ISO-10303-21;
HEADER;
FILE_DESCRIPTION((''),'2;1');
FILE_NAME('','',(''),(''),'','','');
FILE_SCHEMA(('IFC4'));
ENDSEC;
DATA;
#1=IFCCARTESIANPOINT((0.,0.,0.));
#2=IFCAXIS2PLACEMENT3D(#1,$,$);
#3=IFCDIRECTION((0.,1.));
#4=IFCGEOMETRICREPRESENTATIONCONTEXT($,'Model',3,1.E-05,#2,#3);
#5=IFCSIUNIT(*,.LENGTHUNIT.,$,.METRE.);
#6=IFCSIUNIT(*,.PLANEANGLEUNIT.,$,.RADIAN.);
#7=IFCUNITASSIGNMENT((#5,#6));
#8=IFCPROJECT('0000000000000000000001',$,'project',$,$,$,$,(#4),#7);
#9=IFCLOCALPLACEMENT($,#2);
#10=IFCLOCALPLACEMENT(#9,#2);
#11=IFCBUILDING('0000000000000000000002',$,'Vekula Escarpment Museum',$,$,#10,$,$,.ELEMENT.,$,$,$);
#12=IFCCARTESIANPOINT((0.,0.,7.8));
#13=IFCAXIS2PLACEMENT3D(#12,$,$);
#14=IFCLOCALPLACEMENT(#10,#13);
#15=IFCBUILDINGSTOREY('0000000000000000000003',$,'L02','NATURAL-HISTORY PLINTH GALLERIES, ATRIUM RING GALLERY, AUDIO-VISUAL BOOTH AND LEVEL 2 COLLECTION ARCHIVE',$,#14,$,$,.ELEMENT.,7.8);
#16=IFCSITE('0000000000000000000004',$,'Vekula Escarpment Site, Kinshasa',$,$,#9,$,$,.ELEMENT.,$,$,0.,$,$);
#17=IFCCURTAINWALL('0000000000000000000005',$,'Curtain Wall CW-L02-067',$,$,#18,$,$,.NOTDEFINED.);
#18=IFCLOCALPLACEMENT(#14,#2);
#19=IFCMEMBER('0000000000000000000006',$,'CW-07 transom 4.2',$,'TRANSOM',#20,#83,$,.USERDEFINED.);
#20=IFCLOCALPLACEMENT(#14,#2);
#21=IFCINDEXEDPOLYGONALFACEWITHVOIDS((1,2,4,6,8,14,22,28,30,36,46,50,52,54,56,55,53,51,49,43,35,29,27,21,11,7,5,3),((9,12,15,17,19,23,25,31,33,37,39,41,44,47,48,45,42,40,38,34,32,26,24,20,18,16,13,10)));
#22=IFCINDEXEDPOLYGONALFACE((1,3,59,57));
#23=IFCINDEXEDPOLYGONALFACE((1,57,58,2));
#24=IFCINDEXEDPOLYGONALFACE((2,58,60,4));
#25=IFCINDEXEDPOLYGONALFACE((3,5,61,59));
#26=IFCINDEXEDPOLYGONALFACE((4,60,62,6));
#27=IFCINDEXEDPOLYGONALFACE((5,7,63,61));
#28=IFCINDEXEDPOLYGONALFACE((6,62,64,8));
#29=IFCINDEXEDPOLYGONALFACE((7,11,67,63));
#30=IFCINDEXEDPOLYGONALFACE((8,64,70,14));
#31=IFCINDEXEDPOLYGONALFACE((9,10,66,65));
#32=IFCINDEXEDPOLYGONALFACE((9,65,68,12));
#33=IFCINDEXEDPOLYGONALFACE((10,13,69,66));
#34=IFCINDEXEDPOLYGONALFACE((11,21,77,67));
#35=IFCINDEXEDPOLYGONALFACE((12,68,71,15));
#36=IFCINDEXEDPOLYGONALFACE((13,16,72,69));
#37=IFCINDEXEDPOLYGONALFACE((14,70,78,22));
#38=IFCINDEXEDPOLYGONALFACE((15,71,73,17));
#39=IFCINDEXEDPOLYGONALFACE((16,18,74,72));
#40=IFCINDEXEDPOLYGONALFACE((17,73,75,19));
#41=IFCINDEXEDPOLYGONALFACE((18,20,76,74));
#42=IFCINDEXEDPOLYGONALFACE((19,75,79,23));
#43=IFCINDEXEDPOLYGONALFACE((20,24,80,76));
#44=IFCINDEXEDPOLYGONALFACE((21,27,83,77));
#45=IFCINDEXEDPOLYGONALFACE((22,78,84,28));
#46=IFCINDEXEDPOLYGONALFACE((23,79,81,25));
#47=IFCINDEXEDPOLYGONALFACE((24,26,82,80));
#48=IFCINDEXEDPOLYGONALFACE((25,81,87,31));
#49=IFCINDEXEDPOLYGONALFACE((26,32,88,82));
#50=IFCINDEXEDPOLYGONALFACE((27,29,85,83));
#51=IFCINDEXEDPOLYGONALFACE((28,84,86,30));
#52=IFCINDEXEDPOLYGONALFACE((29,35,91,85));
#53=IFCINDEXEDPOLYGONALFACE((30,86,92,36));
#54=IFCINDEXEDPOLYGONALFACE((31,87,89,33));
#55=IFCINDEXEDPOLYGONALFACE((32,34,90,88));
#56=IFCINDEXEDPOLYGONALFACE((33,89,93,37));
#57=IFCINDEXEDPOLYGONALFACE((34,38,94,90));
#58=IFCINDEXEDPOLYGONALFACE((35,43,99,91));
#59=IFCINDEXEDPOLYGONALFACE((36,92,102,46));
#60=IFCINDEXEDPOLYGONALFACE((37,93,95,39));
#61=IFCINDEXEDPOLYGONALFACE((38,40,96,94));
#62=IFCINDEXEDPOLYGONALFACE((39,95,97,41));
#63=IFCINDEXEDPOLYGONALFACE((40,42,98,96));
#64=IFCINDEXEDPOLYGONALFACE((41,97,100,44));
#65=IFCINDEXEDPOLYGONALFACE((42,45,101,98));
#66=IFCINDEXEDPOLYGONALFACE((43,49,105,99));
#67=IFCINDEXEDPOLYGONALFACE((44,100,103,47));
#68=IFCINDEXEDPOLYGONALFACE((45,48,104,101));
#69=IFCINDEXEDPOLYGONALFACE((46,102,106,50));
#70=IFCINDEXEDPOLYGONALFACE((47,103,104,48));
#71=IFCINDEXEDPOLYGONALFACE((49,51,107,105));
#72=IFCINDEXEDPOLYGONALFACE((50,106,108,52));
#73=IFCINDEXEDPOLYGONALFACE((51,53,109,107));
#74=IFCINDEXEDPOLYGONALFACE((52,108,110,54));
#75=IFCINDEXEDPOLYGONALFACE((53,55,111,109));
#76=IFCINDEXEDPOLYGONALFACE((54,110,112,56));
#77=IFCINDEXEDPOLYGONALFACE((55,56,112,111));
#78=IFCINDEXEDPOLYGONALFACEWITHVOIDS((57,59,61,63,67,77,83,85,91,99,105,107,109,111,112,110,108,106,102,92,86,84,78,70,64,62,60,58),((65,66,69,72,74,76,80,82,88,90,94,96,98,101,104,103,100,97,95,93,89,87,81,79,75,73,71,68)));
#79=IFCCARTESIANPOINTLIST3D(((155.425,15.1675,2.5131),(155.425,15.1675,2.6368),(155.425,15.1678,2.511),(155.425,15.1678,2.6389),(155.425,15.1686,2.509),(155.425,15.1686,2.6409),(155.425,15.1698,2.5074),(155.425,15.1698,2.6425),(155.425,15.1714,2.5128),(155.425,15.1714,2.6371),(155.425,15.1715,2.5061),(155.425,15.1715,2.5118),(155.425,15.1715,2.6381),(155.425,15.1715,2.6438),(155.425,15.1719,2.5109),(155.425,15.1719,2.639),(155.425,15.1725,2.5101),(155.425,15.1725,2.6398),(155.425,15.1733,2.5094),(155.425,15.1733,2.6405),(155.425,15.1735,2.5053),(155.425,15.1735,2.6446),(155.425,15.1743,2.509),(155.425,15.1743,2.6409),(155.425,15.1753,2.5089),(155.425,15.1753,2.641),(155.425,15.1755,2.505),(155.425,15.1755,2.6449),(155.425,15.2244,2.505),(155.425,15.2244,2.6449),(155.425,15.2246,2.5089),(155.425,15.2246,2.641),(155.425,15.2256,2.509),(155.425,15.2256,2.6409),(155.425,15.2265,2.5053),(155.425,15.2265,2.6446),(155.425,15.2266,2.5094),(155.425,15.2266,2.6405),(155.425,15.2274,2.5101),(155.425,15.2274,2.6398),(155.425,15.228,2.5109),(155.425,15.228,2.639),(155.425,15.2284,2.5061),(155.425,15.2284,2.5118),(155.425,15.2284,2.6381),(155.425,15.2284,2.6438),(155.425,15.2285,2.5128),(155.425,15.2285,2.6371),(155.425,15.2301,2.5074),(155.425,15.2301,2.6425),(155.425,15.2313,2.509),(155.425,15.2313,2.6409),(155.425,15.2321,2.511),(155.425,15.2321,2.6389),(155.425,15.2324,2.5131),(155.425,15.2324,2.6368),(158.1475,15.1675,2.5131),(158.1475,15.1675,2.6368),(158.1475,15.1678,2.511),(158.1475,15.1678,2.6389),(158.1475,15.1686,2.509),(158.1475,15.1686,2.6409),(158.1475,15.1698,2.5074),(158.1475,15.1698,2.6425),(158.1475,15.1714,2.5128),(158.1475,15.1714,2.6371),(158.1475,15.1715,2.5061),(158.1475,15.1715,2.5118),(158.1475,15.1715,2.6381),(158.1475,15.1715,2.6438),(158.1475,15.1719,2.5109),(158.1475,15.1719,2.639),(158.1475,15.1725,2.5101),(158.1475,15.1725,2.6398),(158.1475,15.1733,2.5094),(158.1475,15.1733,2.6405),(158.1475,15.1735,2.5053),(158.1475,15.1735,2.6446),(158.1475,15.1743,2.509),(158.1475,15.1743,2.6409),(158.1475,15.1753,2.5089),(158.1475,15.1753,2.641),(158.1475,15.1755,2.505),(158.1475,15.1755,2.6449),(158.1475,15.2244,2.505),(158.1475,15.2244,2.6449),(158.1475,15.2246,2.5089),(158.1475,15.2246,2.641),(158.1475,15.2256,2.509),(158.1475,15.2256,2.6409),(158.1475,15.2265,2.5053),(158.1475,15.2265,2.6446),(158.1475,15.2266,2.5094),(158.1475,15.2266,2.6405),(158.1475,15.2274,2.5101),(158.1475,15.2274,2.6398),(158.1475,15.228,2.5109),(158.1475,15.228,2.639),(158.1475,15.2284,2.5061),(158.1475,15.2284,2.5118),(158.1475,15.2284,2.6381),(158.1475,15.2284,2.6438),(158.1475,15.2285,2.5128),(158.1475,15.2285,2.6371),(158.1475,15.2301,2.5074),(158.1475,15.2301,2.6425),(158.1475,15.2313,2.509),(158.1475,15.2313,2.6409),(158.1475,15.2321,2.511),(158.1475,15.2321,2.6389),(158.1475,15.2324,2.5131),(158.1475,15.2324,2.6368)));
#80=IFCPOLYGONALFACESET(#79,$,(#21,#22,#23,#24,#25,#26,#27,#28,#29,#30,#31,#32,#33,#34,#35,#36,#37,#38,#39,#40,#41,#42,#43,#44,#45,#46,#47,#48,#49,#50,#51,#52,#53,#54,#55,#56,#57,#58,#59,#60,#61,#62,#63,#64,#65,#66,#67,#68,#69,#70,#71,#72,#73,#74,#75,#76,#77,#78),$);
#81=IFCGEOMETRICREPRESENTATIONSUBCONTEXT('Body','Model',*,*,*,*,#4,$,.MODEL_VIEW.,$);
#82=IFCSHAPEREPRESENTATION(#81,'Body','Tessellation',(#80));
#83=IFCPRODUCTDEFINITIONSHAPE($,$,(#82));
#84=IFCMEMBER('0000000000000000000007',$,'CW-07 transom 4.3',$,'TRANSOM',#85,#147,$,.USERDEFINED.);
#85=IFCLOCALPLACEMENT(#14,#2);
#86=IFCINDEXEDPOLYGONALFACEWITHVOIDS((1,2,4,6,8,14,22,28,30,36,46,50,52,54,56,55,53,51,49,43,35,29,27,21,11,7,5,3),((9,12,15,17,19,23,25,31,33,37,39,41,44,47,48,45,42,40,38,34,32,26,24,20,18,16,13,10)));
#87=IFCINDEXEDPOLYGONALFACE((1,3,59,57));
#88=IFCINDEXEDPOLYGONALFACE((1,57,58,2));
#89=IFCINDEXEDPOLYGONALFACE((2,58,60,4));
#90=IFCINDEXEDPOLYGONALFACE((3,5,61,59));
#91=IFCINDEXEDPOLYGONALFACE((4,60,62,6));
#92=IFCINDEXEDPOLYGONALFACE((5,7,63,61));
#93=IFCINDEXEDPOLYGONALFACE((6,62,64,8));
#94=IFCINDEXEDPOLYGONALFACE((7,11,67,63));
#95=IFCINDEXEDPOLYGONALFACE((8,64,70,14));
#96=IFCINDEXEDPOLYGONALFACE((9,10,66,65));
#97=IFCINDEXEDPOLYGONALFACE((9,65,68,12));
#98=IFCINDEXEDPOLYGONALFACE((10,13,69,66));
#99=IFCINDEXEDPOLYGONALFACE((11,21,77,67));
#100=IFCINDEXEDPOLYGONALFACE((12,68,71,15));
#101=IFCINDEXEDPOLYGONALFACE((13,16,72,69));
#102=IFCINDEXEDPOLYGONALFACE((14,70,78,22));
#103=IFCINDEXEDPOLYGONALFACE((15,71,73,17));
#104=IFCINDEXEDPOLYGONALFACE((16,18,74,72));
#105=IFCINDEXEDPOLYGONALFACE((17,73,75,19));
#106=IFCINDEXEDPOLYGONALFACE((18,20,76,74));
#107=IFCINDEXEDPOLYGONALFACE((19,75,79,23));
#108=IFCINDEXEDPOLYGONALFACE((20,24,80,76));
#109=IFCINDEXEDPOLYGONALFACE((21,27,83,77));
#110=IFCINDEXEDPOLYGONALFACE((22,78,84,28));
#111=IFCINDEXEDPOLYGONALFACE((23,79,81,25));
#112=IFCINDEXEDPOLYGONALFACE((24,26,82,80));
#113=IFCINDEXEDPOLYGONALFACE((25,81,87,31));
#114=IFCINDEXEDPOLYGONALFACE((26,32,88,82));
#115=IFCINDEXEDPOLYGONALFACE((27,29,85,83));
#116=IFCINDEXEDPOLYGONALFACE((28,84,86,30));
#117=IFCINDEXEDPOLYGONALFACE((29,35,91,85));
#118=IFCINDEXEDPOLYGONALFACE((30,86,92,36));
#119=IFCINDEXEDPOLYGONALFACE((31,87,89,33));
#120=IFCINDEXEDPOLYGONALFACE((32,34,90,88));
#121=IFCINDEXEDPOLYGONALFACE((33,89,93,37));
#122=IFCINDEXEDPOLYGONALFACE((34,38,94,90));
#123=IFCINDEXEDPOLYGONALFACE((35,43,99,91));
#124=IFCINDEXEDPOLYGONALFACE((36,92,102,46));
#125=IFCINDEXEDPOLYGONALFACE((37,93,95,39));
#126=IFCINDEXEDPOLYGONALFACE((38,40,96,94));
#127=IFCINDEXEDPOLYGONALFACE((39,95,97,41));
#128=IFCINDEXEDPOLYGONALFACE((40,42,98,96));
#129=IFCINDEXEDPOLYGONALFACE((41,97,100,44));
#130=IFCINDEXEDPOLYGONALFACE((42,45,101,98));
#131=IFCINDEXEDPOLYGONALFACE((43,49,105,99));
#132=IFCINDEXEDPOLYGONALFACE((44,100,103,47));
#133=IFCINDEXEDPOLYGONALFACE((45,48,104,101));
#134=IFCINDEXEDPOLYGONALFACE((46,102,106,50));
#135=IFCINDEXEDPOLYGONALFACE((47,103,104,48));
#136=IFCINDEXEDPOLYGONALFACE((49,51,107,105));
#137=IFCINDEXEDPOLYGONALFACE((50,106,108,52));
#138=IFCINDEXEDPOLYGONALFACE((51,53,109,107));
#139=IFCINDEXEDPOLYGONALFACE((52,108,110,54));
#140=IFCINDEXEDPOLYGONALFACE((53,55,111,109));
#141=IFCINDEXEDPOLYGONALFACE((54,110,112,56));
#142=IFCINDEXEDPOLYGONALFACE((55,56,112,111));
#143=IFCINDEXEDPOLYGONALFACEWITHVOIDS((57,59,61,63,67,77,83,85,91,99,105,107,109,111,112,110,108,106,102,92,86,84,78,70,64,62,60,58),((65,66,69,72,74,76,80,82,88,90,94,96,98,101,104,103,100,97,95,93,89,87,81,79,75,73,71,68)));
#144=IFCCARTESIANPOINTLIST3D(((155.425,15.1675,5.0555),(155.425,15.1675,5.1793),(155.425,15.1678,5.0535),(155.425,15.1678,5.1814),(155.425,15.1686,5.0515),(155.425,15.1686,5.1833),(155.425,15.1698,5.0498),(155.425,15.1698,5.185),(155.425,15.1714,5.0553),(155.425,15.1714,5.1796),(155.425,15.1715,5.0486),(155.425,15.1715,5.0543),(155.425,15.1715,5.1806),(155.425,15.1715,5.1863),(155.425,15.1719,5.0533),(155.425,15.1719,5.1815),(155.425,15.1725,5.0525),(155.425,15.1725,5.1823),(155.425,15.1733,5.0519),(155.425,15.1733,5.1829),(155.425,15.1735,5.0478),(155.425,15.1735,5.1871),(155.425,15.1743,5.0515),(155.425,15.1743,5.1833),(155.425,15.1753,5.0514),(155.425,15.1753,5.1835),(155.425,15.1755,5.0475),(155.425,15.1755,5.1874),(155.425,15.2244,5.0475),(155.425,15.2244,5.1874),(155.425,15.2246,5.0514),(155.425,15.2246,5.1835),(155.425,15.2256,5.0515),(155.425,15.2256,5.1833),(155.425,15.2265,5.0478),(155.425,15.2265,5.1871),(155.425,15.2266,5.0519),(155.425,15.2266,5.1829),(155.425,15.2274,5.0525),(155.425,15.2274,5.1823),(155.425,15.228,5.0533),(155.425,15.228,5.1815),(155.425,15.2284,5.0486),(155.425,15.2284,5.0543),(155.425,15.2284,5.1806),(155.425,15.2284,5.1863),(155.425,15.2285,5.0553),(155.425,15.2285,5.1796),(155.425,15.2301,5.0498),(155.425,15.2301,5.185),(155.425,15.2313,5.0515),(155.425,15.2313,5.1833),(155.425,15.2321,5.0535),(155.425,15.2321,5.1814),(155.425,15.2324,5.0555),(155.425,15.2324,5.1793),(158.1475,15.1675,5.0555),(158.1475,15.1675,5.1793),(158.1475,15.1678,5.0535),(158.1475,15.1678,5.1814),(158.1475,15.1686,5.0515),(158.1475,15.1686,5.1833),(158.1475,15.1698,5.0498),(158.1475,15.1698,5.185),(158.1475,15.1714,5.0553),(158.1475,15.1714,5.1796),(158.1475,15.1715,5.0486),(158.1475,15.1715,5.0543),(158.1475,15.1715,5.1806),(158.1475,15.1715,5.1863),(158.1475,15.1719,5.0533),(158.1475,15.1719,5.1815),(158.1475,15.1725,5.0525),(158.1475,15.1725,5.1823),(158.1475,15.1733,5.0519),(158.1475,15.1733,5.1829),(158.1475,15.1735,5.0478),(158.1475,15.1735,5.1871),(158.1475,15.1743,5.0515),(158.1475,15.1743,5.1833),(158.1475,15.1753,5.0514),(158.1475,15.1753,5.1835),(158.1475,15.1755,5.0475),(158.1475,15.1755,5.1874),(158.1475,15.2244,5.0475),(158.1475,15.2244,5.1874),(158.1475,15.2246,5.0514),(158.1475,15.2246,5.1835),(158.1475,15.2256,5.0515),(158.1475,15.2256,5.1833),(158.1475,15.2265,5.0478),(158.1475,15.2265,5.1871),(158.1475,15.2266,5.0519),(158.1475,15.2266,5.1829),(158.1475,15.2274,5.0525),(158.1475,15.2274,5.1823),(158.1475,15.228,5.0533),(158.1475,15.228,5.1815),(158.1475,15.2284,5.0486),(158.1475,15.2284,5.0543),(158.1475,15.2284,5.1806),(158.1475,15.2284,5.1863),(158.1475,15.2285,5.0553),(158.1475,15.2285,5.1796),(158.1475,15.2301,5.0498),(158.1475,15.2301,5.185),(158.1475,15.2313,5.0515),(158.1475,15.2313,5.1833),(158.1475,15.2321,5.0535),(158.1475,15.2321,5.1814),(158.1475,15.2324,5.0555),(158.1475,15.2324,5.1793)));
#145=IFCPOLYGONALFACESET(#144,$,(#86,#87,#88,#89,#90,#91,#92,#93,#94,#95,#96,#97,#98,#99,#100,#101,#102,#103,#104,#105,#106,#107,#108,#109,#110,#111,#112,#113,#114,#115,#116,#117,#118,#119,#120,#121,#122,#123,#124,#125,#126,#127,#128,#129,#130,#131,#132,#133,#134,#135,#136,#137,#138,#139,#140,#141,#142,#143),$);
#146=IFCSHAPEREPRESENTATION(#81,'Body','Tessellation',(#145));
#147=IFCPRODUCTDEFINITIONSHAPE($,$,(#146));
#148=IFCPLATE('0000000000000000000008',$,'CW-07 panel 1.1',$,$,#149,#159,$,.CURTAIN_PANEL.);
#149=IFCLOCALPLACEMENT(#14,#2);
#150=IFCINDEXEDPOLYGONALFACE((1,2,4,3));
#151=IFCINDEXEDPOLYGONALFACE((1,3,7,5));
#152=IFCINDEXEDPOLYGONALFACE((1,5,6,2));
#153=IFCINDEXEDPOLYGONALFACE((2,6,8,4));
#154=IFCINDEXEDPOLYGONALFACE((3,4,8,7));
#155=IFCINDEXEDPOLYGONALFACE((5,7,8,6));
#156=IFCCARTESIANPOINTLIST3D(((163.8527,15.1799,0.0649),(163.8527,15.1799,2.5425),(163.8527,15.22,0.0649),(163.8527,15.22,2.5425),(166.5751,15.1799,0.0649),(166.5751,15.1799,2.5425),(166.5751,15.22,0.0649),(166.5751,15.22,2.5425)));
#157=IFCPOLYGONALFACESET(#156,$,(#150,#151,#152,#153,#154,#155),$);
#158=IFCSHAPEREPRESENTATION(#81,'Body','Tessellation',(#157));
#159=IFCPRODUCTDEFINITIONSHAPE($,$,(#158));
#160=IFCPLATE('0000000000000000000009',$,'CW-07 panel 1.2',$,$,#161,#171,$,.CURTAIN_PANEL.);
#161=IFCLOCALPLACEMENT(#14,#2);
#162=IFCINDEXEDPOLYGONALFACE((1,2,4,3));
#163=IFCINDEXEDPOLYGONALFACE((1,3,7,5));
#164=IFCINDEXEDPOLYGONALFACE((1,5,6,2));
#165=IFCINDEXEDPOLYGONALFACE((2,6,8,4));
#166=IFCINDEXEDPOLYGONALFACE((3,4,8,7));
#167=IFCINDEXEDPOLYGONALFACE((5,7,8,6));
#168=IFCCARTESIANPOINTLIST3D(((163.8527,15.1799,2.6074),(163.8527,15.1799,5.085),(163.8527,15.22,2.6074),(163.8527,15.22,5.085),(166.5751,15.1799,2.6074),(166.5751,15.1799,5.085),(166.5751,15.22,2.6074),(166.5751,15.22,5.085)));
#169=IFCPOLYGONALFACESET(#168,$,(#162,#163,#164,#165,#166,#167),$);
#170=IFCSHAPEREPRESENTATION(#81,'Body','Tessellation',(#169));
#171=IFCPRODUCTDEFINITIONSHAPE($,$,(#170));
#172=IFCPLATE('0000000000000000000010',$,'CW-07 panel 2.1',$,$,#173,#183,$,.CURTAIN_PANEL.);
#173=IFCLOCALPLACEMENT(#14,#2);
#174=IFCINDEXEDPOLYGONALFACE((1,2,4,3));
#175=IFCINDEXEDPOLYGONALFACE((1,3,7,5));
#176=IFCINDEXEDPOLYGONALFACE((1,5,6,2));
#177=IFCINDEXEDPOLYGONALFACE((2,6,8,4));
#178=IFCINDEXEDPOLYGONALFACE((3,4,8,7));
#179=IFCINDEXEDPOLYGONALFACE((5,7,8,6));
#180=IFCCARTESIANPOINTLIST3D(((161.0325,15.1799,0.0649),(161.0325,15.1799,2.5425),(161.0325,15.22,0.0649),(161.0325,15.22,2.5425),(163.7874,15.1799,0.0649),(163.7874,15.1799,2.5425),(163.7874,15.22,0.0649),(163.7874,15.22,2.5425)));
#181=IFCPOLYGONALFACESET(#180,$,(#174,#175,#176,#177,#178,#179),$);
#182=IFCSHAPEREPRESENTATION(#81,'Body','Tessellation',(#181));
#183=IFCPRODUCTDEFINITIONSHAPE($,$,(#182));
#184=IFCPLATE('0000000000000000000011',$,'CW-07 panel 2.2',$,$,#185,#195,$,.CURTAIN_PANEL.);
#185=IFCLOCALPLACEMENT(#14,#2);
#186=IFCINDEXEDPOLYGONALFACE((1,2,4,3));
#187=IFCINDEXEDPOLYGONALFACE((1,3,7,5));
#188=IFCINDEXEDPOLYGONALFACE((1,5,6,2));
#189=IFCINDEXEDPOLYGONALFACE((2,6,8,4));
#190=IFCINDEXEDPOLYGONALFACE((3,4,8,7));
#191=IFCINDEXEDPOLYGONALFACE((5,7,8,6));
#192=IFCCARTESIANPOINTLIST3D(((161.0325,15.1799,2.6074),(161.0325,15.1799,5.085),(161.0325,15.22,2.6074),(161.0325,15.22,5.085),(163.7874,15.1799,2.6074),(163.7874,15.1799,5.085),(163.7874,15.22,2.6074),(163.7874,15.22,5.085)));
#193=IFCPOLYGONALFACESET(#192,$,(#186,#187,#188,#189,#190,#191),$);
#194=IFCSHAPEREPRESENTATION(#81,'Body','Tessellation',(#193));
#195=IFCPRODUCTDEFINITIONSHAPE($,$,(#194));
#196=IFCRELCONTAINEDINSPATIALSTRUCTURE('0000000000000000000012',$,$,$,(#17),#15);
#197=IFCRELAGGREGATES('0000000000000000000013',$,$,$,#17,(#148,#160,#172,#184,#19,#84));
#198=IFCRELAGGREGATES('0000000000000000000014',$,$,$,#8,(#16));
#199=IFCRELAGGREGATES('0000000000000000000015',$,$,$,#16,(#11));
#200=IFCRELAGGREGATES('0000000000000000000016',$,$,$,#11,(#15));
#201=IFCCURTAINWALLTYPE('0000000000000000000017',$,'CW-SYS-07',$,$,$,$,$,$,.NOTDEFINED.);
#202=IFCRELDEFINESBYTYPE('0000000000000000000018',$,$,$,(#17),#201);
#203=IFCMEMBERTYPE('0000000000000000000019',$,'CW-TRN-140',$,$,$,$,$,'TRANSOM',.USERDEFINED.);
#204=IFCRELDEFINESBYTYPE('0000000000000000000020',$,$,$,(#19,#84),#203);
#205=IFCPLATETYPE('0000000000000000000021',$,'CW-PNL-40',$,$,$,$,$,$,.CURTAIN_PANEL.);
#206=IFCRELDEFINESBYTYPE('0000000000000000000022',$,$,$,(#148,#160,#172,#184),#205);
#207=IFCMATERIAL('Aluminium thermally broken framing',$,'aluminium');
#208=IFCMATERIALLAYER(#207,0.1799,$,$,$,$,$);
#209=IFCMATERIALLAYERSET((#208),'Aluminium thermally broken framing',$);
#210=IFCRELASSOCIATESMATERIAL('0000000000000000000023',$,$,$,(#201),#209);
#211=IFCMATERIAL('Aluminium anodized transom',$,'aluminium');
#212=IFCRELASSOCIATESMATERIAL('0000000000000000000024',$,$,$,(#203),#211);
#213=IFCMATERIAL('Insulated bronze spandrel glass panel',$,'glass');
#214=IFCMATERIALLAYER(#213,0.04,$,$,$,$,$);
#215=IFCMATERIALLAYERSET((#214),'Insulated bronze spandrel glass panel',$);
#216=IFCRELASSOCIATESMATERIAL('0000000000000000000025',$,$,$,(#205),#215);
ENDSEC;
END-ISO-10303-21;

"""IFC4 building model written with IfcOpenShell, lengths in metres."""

from ifc_helpers import new_model, si_unit, direction, frame, origin, origin_2d, place, context, subcontext, project, spatial, rectangle, hollow_rectangle, extrude, material, layer, layer_set, material_profile, profile_set, type_object, element, aggregate, save


model = new_model("IFC4")

# Units and contexts
model_context = context("Model", 3, precision=1e-05, world=origin(), true_north=direction((0.0, 1.0)))
body_context = subcontext(model_context, "Body", "Model", "MODEL_VIEW")
ifc_project = project(units=[si_unit("LENGTHUNIT", "METRE"), si_unit("PLANEANGLEUNIT", "RADIAN")], contexts=[model_context])

# Site, building, storey
site_placement = place(None, origin())
site = spatial("IfcSite", under=ifc_project, at=site_placement, Name="Vekula Escarpment Site, Kinshasa", CompositionType="ELEMENT", RefElevation=0.0)
building_placement = place(site_placement, origin())
building = spatial("IfcBuilding", under=site, at=building_placement, Name="Vekula Escarpment Museum", CompositionType="ELEMENT")
storey_placement = place(building_placement, frame((0.0, 0.0, 7.8)))
storey = spatial("IfcBuildingStorey", under=building, at=storey_placement, Name="L02", Description="NATURAL-HISTORY PLINTH GALLERIES, ATRIUM RING GALLERY, AUDIO-VISUAL BOOTH AND LEVEL 2 COLLECTION ARCHIVE", CompositionType="ELEMENT", Elevation=7.8)

# Curtain wall, members, plates
ifc_material_1 = material(Name="Aluminium thermally broken framing", Category="aluminium")
ifc_layer_1 = layer(ifc_material_1, 0.1799)
ifc_layer_set_1 = layer_set([ifc_layer_1], Name="Aluminium thermally broken framing")
curtain_wall_type = type_object("IfcCurtainWallType", Name="CW-SYS-07", PredefinedType="NOTDEFINED", material=ifc_layer_set_1)
curtain_wall_placement = place(storey_placement, origin())
curtain_wall = element("IfcCurtainWall", 1, at=curtain_wall_placement, inside=storey, type_object=curtain_wall_type, Name="Curtain Wall CW-L02-067", PredefinedType="NOTDEFINED")
ifc_material_2 = material(Name="Aluminium anodized transom", Category="aluminium")
ifc_material_profile_1 = material_profile(ifc_material_2, hollow_rectangle(XDim=0.0649, YDim=0.1399, WallThickness=0.0039, InnerFilletRadius=0.0039, OuterFilletRadius=0.0081, at=origin_2d()), Name="ALU 140x65x4")
ifc_profile_set_1 = profile_set([ifc_material_profile_1], Name="Aluminium anodized transom")
member_type_1 = type_object("IfcMemberType", Name="CW-TRN-140", ElementType="TRANSOM", PredefinedType="USERDEFINED", material=ifc_profile_set_1)
member_1_placement = place(storey_placement, frame((158.1475, 15.2, 2.575), z_axis=(-1.0, 0.0, 0.0), x_axis=(0.0, -1.0, 0.0)))
member_1 = element("IfcMember", 2, at=member_1_placement, type_object=member_type_1, Name="CW-07 transom 4.2", ObjectType="TRANSOM", PredefinedType="USERDEFINED", context=body_context, shape_type="SweptSolid", body=[
    extrude(hollow_rectangle(XDim=0.0649, YDim=0.1399, WallThickness=0.0039, InnerFilletRadius=0.0039, OuterFilletRadius=0.0081, at=origin_2d()), origin(), (0.0, 0.0, 1.0), 2.7224),
])
member_2_placement = place(storey_placement, frame((158.1475, 15.2, 5.1174), z_axis=(-1.0, 0.0, 0.0), x_axis=(0.0, -1.0, 0.0)))
member_2 = element("IfcMember", 3, at=member_2_placement, type_object=member_type_1, Name="CW-07 transom 4.3", ObjectType="TRANSOM", PredefinedType="USERDEFINED", context=body_context, shape_type="SweptSolid", body=[
    extrude(hollow_rectangle(XDim=0.0649, YDim=0.1399, WallThickness=0.0039, InnerFilletRadius=0.0039, OuterFilletRadius=0.0081, at=origin_2d()), origin(), (0.0, 0.0, 1.0), 2.7224),
])
ifc_material_3 = material(Name="Insulated bronze spandrel glass panel", Category="glass")
ifc_layer_2 = layer(ifc_material_3, 0.04)
ifc_layer_set_2 = layer_set([ifc_layer_2], Name="Insulated bronze spandrel glass panel")
plate_type = type_object("IfcPlateType", Name="CW-PNL-40", PredefinedType="CURTAIN_PANEL", material=ifc_layer_set_2)
plate_1_placement = place(storey_placement, frame((165.2139, 15.2, 0.0649), z_axis=(0.0, 0.0, 1.0), x_axis=(-1.0, 0.0, 0.0)))
plate_1 = element("IfcPlate", 4, at=plate_1_placement, type_object=plate_type, Name="CW-07 panel 1.1", PredefinedType="CURTAIN_PANEL", context=body_context, shape_type="SweptSolid", body=[
    extrude(rectangle(XDim=2.7224, YDim=0.04, at=origin_2d()), origin(), (0.0, 0.0, 1.0), 2.4775),
])
plate_2_placement = place(storey_placement, frame((165.2139, 15.2, 2.6074), z_axis=(0.0, 0.0, 1.0), x_axis=(-1.0, 0.0, 0.0)))
plate_2 = element("IfcPlate", 5, at=plate_2_placement, type_object=plate_type, Name="CW-07 panel 1.2", PredefinedType="CURTAIN_PANEL", context=body_context, shape_type="SweptSolid", body=[
    extrude(rectangle(XDim=2.7224, YDim=0.04, at=origin_2d()), origin(), (0.0, 0.0, 1.0), 2.4775),
])
plate_3_placement = place(storey_placement, frame((162.4099, 15.2, 0.0649), z_axis=(0.0, 0.0, 1.0), x_axis=(-1.0, 0.0, 0.0)))
plate_3 = element("IfcPlate", 6, at=plate_3_placement, type_object=plate_type, Name="CW-07 panel 2.1", PredefinedType="CURTAIN_PANEL", context=body_context, shape_type="SweptSolid", body=[
    extrude(rectangle(XDim=2.7549, YDim=0.04, at=origin_2d()), origin(), (0.0, 0.0, 1.0), 2.4775),
])
plate_4_placement = place(storey_placement, frame((162.4099, 15.2, 2.6074), z_axis=(0.0, 0.0, 1.0), x_axis=(-1.0, 0.0, 0.0)))
plate_4 = element("IfcPlate", 7, at=plate_4_placement, type_object=plate_type, Name="CW-07 panel 2.2", PredefinedType="CURTAIN_PANEL", context=body_context, shape_type="SweptSolid", body=[
    extrude(rectangle(XDim=2.7549, YDim=0.04, at=origin_2d()), origin(), (0.0, 0.0, 1.0), 2.4775),
])
aggregate(curtain_wall, [plate_1, plate_2, plate_3, plate_4, member_1, member_2])

save(model, "model.ifc")
